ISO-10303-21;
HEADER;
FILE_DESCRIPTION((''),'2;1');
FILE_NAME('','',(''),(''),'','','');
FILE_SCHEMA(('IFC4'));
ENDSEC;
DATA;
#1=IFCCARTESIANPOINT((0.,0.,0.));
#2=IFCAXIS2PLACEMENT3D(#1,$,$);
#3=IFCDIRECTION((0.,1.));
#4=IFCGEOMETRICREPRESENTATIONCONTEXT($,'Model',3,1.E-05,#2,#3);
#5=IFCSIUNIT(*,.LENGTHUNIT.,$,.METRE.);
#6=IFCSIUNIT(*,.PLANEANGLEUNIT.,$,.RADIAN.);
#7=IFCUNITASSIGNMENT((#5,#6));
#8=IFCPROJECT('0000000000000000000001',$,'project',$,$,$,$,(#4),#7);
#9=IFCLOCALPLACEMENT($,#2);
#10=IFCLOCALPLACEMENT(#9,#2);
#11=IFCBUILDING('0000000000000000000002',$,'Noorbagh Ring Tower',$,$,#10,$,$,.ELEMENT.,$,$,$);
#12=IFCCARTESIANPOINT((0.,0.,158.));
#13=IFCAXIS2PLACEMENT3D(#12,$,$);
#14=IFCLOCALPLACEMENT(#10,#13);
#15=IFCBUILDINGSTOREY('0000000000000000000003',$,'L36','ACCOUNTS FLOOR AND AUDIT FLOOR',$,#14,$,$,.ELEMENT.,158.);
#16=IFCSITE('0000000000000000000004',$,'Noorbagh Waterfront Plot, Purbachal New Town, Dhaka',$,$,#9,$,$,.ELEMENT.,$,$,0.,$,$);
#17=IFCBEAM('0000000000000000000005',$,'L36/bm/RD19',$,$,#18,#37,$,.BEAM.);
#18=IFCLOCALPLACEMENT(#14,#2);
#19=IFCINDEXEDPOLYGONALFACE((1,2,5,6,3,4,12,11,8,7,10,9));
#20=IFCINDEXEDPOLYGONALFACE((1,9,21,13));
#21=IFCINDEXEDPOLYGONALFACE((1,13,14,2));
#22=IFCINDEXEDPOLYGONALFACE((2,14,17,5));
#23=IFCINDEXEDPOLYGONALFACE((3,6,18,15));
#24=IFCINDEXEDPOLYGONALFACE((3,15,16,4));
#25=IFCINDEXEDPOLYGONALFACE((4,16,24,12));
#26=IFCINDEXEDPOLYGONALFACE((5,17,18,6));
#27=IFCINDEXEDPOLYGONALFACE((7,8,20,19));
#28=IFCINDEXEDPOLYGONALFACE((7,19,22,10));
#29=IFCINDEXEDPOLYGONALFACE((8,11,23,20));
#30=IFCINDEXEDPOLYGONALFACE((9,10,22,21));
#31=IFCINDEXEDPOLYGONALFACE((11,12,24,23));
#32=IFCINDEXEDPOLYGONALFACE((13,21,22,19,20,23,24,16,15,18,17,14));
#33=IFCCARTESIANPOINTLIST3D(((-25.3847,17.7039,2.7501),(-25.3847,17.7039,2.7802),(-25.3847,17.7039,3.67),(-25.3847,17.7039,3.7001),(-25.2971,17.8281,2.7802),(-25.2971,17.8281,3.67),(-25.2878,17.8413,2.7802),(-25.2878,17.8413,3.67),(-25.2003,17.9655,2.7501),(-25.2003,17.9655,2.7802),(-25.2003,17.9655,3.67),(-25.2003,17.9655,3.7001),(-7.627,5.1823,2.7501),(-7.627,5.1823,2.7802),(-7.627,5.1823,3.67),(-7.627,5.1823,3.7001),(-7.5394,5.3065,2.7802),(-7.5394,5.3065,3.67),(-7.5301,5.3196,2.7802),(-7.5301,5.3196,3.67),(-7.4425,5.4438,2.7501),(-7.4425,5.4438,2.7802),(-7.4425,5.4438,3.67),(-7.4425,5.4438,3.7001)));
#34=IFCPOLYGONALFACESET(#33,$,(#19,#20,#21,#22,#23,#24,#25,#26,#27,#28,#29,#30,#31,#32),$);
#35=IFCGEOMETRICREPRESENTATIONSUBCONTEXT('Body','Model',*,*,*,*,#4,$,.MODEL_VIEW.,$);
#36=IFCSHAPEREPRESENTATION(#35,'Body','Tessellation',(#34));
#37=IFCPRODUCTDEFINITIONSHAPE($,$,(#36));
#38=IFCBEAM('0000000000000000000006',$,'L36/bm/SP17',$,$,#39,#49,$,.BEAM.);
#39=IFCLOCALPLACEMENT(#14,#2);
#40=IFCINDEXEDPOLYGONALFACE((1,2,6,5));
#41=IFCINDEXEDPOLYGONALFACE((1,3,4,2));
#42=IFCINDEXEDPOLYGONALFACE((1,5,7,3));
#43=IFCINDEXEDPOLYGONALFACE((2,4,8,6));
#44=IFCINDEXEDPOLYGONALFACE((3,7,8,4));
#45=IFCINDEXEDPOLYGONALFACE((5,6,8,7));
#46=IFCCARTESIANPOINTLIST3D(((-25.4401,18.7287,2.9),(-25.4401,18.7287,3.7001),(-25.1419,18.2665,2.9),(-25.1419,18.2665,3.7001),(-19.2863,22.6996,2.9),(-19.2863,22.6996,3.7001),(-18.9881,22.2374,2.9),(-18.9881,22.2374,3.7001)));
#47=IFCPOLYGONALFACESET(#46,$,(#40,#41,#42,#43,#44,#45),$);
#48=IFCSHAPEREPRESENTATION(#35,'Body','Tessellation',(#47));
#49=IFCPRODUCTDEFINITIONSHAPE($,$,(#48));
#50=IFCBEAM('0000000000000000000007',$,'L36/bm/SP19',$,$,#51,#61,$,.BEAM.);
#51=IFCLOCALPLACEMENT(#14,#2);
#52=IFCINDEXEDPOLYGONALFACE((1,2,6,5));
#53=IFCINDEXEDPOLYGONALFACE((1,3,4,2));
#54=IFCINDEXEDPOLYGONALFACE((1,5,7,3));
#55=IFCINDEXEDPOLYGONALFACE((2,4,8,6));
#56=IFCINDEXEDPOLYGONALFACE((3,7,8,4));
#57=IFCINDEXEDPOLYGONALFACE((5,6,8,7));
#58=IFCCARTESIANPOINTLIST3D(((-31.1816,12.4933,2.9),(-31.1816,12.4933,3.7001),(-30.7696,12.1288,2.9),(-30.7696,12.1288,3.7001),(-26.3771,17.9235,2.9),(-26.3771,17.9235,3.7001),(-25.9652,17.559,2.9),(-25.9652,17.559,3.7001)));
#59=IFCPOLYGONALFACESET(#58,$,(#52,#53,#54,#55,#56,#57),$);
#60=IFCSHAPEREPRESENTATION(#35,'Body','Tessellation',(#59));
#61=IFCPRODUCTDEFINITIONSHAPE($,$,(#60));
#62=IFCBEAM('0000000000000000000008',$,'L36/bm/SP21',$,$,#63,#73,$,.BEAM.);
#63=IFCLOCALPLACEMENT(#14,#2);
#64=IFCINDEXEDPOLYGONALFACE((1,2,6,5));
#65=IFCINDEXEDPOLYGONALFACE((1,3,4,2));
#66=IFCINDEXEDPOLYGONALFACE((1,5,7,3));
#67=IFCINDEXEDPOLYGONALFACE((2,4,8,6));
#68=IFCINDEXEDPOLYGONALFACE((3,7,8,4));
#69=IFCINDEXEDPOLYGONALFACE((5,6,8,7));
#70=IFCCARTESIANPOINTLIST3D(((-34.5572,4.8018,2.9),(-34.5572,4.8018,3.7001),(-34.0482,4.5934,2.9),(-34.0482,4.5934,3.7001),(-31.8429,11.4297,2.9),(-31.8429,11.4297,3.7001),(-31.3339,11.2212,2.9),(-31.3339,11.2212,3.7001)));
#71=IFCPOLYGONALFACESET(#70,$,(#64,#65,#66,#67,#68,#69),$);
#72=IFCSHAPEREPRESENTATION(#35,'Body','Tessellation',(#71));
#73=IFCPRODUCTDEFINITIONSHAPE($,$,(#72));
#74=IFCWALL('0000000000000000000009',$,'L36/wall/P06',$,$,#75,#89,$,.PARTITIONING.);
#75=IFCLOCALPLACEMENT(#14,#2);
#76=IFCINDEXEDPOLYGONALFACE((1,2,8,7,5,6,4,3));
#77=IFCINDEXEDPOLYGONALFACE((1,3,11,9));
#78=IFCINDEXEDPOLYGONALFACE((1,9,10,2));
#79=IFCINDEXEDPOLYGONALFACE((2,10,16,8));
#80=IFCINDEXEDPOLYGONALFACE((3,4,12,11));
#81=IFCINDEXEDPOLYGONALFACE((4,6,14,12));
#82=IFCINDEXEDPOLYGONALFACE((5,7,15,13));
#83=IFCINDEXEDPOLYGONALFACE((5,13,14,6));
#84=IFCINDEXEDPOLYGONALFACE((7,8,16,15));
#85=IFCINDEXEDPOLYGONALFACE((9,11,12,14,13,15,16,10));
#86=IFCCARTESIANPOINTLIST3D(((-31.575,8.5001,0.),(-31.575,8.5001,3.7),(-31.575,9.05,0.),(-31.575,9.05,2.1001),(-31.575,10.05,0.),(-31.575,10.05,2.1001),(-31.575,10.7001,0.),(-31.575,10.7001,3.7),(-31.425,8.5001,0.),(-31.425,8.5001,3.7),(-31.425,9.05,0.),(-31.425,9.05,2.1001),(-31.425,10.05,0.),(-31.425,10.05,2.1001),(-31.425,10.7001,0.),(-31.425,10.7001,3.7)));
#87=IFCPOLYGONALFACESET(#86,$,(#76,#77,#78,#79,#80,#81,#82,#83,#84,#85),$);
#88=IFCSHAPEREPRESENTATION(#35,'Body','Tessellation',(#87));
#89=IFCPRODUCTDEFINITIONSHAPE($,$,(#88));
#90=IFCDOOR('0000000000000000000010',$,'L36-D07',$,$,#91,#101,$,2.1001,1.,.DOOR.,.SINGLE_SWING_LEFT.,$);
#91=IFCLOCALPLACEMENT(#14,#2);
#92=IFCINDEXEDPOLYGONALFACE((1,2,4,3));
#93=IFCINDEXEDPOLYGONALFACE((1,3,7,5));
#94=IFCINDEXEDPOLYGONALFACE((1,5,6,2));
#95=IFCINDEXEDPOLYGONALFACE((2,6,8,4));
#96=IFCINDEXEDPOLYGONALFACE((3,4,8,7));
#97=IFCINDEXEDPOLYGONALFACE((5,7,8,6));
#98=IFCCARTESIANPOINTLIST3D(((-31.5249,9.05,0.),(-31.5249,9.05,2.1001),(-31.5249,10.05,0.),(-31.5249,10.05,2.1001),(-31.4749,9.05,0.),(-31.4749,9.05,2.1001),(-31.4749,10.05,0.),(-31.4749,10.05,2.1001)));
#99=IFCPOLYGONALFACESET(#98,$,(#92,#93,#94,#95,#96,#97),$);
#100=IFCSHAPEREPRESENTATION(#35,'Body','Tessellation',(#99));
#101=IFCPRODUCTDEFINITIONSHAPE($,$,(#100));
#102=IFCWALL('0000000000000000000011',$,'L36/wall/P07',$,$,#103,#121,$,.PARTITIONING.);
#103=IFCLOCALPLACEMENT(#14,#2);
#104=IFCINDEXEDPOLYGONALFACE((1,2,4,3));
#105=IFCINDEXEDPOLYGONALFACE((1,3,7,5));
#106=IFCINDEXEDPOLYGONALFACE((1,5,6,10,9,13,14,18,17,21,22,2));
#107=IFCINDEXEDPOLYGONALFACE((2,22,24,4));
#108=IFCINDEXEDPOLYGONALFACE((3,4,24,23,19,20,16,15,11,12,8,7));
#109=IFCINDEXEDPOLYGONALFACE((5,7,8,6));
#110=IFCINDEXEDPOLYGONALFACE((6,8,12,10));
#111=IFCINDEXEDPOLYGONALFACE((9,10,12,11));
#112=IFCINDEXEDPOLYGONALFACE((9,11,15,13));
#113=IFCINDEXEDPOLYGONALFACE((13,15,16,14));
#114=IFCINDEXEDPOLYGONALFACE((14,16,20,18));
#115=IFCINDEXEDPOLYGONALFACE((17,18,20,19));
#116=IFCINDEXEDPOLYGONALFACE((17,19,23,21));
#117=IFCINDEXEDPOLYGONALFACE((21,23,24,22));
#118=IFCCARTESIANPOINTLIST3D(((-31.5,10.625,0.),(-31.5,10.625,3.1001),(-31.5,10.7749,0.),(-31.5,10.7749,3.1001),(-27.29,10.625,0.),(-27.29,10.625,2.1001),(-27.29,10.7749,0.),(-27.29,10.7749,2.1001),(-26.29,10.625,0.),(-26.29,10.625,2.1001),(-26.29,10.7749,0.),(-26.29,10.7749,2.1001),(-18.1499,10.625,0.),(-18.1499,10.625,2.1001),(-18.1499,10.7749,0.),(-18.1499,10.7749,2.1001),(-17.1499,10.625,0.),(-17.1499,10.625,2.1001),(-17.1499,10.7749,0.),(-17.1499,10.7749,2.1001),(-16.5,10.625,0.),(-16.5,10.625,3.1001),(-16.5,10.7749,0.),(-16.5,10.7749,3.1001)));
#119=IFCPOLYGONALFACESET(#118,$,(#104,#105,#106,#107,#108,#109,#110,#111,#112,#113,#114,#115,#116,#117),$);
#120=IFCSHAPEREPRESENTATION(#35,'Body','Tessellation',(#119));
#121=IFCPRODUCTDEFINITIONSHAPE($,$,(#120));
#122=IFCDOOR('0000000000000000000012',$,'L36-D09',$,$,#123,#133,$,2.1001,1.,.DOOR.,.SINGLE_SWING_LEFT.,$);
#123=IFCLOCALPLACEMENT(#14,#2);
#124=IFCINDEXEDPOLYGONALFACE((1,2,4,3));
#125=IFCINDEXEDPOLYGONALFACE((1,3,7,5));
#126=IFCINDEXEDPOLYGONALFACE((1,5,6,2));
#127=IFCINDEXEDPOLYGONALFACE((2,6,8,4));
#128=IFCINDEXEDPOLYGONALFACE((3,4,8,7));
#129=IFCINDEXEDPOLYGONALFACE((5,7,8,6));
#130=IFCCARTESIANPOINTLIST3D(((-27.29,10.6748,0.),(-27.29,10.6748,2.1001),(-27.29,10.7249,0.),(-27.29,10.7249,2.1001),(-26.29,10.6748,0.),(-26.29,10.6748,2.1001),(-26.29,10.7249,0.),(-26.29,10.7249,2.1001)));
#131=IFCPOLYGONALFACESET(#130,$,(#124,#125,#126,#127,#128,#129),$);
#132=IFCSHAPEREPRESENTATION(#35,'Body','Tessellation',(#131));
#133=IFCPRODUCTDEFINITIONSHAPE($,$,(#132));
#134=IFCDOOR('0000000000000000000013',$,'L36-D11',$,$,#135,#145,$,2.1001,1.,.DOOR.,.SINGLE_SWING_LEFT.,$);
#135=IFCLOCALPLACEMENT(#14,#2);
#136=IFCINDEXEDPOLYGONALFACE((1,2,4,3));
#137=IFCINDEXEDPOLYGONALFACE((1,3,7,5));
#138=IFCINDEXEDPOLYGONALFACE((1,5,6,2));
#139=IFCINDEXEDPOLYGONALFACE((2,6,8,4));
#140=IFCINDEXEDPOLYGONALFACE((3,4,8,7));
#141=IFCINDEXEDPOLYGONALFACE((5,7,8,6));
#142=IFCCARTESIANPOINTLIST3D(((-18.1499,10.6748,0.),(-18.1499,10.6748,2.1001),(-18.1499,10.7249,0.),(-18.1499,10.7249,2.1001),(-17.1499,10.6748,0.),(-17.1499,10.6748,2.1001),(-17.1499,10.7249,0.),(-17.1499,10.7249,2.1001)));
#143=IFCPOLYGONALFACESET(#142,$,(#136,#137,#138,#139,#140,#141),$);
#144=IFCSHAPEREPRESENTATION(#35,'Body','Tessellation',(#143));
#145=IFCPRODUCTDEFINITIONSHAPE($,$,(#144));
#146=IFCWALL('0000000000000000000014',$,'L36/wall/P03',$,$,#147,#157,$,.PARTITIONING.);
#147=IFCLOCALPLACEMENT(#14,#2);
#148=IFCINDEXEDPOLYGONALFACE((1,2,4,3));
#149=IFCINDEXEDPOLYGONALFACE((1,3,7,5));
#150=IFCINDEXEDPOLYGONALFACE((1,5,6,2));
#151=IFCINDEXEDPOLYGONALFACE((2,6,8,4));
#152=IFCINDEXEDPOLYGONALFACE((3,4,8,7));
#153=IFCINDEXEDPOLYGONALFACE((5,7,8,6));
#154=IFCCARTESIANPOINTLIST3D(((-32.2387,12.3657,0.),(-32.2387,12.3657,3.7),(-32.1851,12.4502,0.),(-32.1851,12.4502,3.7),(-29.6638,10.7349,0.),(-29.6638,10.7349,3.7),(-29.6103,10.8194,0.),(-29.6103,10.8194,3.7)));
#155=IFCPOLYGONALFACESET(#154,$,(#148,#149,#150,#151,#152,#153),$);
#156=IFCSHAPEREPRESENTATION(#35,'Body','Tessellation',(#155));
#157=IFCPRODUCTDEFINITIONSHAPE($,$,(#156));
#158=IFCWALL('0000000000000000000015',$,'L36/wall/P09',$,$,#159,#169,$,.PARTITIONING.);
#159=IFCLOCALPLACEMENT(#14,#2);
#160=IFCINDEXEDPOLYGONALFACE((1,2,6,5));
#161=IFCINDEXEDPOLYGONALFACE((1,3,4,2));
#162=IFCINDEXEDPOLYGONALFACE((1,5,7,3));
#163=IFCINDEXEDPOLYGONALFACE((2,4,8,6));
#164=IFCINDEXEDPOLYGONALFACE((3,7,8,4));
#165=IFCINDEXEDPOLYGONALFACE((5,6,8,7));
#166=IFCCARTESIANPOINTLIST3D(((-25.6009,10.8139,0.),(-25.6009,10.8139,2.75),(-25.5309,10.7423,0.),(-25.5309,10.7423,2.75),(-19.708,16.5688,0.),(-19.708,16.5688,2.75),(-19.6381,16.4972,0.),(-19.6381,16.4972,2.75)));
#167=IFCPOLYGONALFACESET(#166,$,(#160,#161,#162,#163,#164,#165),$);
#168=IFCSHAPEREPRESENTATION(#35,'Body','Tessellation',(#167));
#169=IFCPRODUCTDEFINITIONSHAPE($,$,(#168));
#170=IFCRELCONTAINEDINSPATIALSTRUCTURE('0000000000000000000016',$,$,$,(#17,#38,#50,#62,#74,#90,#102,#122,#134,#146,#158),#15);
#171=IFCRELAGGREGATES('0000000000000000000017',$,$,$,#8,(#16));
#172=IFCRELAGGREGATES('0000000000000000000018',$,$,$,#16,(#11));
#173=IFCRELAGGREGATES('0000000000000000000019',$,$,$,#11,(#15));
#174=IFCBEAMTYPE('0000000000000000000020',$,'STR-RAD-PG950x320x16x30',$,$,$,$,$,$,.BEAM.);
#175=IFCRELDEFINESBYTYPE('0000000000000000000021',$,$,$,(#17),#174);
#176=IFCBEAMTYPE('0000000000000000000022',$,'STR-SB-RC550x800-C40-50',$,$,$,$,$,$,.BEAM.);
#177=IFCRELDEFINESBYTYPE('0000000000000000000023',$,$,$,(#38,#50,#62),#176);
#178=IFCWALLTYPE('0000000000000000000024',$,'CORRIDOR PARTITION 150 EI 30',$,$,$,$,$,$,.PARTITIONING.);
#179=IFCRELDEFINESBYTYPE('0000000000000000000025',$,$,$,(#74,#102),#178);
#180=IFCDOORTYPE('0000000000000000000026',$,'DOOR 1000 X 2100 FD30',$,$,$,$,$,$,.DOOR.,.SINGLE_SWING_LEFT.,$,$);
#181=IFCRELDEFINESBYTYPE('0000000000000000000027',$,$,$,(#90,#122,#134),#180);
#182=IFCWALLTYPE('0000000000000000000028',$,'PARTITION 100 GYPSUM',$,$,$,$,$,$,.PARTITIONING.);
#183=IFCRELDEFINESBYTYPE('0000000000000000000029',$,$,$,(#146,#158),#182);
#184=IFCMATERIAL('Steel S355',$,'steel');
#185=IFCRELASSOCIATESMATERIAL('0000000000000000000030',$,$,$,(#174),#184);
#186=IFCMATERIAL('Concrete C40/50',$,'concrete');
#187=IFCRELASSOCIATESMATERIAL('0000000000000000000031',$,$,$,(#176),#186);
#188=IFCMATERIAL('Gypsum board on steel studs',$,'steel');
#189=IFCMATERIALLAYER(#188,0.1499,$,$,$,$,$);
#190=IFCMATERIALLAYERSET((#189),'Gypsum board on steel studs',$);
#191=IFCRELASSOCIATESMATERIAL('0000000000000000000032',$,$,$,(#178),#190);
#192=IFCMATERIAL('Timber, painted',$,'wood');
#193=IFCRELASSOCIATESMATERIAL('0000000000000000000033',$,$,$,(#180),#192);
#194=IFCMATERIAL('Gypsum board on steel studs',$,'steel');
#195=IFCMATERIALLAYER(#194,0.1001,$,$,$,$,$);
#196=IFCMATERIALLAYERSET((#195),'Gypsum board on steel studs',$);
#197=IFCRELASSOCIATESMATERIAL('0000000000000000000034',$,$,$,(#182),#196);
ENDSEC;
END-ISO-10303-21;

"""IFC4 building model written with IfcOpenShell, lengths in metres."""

from ifc_helpers import new_model, si_unit, direction, frame, frame_2d, origin, origin_2d, place, context, subcontext, project, spatial, rectangle, i_section, extrude, material, layer, layer_set, material_profile, profile_set, type_object, element, fill, save


model = new_model("IFC4")

# Units and contexts
model_context = context("Model", 3, precision=1e-05, world=origin(), true_north=direction((0.0, 1.0)))
body_context = subcontext(model_context, "Body", "Model", "MODEL_VIEW")
ifc_project = project(units=[si_unit("LENGTHUNIT", "METRE"), si_unit("PLANEANGLEUNIT", "RADIAN")], contexts=[model_context])

# Site, building, storey
site_placement = place(None, origin())
site = spatial("IfcSite", under=ifc_project, at=site_placement, Name="Noorbagh Waterfront Plot, Purbachal New Town, Dhaka", CompositionType="ELEMENT", RefElevation=0.0)
building_placement = place(site_placement, origin())
building = spatial("IfcBuilding", under=site, at=building_placement, Name="Noorbagh Ring Tower", CompositionType="ELEMENT")
storey_placement = place(building_placement, frame((0.0, 0.0, 158.0)))
storey = spatial("IfcBuildingStorey", under=building, at=storey_placement, Name="L36", Description="ACCOUNTS FLOOR AND AUDIT FLOOR", CompositionType="ELEMENT", Elevation=158.0)

# Beams
ifc_material_1 = material(Name="Steel S355", Category="steel")
ifc_material_profile_1 = material_profile(ifc_material_1, i_section(OverallWidth=0.3201, OverallDepth=0.95, WebThickness=0.0161, FlangeThickness=0.03, at=origin_2d()), Name="PG950x320x16x30")
ifc_profile_set_1 = profile_set([ifc_material_profile_1], Name="Steel S355")
beam_type_1 = type_object("IfcBeamType", Name="STR-RAD-PG950x320x16x30", PredefinedType="BEAM", material=ifc_profile_set_1)
beam_1_placement = place(storey_placement, frame((-25.2925, 17.8347, 3.2251), z_axis=(0.817254, -0.576278, 0.0), x_axis=(0.576278, 0.817254, 0.0)))
element("IfcBeam", 1, at=beam_1_placement, inside=storey, type_object=beam_type_1, Name="L36/bm/RD19", PredefinedType="BEAM", context=body_context, shape_type="SweptSolid", body=[
    extrude(i_section(OverallWidth=0.3201, OverallDepth=0.95, WebThickness=0.0161, FlangeThickness=0.03, at=origin_2d()), origin(), (0.0, 0.0, 1.0), 21.7285),
])
ifc_material_2 = material(Name="Concrete C40/50", Category="concrete")
ifc_material_profile_2 = material_profile(ifc_material_2, rectangle(XDim=0.55, YDim=0.8, at=origin_2d()), Name="RC550x800")
ifc_profile_set_2 = profile_set([ifc_material_profile_2], Name="Concrete C40/50")
beam_type_2 = type_object("IfcBeamType", Name="STR-SB-RC550x800-C40-50", PredefinedType="BEAM", material=ifc_profile_set_2)
beam_2_placement = place(storey_placement, frame((-19.1372, 22.4685, 3.3), z_axis=(-0.84025, -0.542199, 0.0), x_axis=(0.542199, -0.84025, 0.0)))
element("IfcBeam", 2, at=beam_2_placement, inside=storey, type_object=beam_type_2, Name="L36/bm/SP17", PredefinedType="BEAM", context=body_context, shape_type="SweptSolid", body=[
    extrude(rectangle(XDim=0.55, YDim=0.8, at=origin_2d()), origin(), (0.0, 0.0, 1.0), 7.3237),
])
beam_3_placement = place(storey_placement, frame((-26.1711, 17.7412, 3.3), z_axis=(-0.662638, -0.74894, 0.0), x_axis=(0.74894, -0.662638, 0.0)))
element("IfcBeam", 3, at=beam_3_placement, inside=storey, type_object=beam_type_2, Name="L36/bm/SP19", PredefinedType="BEAM", context=body_context, shape_type="SweptSolid", body=[
    extrude(rectangle(XDim=0.55, YDim=0.8, at=origin_2d()), origin(), (0.0, 0.0, 1.0), 7.2505),
])
beam_4_placement = place(storey_placement, frame((-31.5884, 11.3254, 3.3), z_axis=(-0.378983, -0.925404, 0.0), x_axis=(0.925404, -0.378983, 0.0)))
element("IfcBeam", 4, at=beam_4_placement, inside=storey, type_object=beam_type_2, Name="L36/bm/SP21", PredefinedType="BEAM", context=body_context, shape_type="SweptSolid", body=[
    extrude(rectangle(XDim=0.55, YDim=0.8, at=origin_2d()), origin(), (0.0, 0.0, 1.0), 7.1621),
])

# Wall, opening, door
ifc_material_3 = material(Name="Gypsum board on steel studs", Category="steel")
ifc_layer_1 = layer(ifc_material_3, 0.1499)
ifc_layer_set_1 = layer_set([ifc_layer_1], Name="Gypsum board on steel studs")
wall_type_1 = type_object("IfcWallType", Name="CORRIDOR PARTITION 150 EI 30", PredefinedType="PARTITIONING", material=ifc_layer_set_1)
wall_1_placement = place(storey_placement, frame((-31.5, 8.5, 0.0), z_axis=(0.0, 0.0, 1.0), x_axis=(0.0, 1.0, 0.0)))
wall_1 = element("IfcWall", 5, at=wall_1_placement, inside=storey, type_object=wall_type_1, Name="L36/wall/P06", PredefinedType="PARTITIONING", context=body_context, shape_type="SweptSolid", body=[
    extrude(rectangle(XDim=2.2, YDim=0.1499, at=frame_2d((1.1001, 0.0))), origin(), (0.0, 0.0, 1.0), 3.7),
])
opening_1_placement = place(wall_1_placement, frame((0.55, 0.0, 0.0)))
opening_1 = element("IfcOpeningElement", 6, at=opening_1_placement, cuts=wall_1, PredefinedType="OPENING", context=body_context, shape_type="SweptSolid", body=[
    extrude(rectangle(XDim=1.0, YDim=2.1001, at=frame_2d((0.5, 1.05))), frame((0.0, 0.085, 0.0), z_axis=(0.0, -1.0, 0.0), x_axis=(1.0, 0.0, 0.0)), (0.0, 0.0, 1.0), 0.1699),
])
ifc_material_4 = material(Name="Timber, painted", Category="wood")
door_type = type_object("IfcDoorType", Name="DOOR 1000 X 2100 FD30", OperationType="SINGLE_SWING_LEFT", PredefinedType="DOOR", material=ifc_material_4)
door_1_placement = place(opening_1_placement, origin())
door_1 = element("IfcDoor", 7, at=door_1_placement, inside=storey, type_object=door_type, Name="L36-D07", OperationType="SINGLE_SWING_LEFT", OverallHeight=2.1001, OverallWidth=1.0, PredefinedType="DOOR", context=body_context, shape_type="SweptSolid", body=[
    extrude(rectangle(XDim=1.0, YDim=2.1001, at=frame_2d((0.5, 1.05))), frame((0.0, 0.0249, 0.0), z_axis=(0.0, -1.0, 0.0), x_axis=(1.0, 0.0, 0.0)), (0.0, 0.0, 1.0), 0.05),
])
fill(opening_1, door_1)

# Wall, openings, doors
wall_2_placement = place(storey_placement, frame((-31.5, 10.7, 0.0), z_axis=(0.0, 0.0, 1.0), x_axis=(1.0, 0.0, 0.0)))
wall_2 = element("IfcWall", 8, at=wall_2_placement, inside=storey, type_object=wall_type_1, Name="L36/wall/P07", PredefinedType="PARTITIONING", context=body_context, shape_type="SweptSolid", body=[
    extrude(rectangle(XDim=15.0, YDim=0.1499, at=frame_2d((7.5, 0.0))), origin(), (0.0, 0.0, 1.0), 3.1001),
])
opening_2_placement = place(wall_2_placement, frame((4.21, 0.0, 0.0)))
opening_2 = element("IfcOpeningElement", 9, at=opening_2_placement, cuts=wall_2, PredefinedType="OPENING", context=body_context, shape_type="SweptSolid", body=[
    extrude(rectangle(XDim=1.0, YDim=2.1001, at=frame_2d((0.5, 1.05))), frame((0.0, 0.085, 0.0), z_axis=(0.0, -1.0, 0.0), x_axis=(1.0, 0.0, 0.0)), (0.0, 0.0, 1.0), 0.1699),
])
opening_3_placement = place(wall_2_placement, frame((13.3501, 0.0, 0.0)))
opening_3 = element("IfcOpeningElement", 10, at=opening_3_placement, cuts=wall_2, PredefinedType="OPENING", context=body_context, shape_type="SweptSolid", body=[
    extrude(rectangle(XDim=1.0, YDim=2.1001, at=frame_2d((0.5, 1.05))), frame((0.0, 0.085, 0.0), z_axis=(0.0, -1.0, 0.0), x_axis=(1.0, 0.0, 0.0)), (0.0, 0.0, 1.0), 0.1699),
])
door_2_placement = place(opening_2_placement, origin())
door_2 = element("IfcDoor", 11, at=door_2_placement, inside=storey, type_object=door_type, Name="L36-D09", OperationType="SINGLE_SWING_LEFT", OverallHeight=2.1001, OverallWidth=1.0, PredefinedType="DOOR", context=body_context, shape_type="SweptSolid", body=[
    extrude(rectangle(XDim=1.0, YDim=2.1001, at=frame_2d((0.5, 1.05))), frame((0.0, 0.0249, 0.0), z_axis=(0.0, -1.0, 0.0), x_axis=(1.0, 0.0, 0.0)), (0.0, 0.0, 1.0), 0.05),
])
fill(opening_2, door_2)
door_3_placement = place(opening_3_placement, origin())
door_3 = element("IfcDoor", 12, at=door_3_placement, inside=storey, type_object=door_type, Name="L36-D11", OperationType="SINGLE_SWING_LEFT", OverallHeight=2.1001, OverallWidth=1.0, PredefinedType="DOOR", context=body_context, shape_type="SweptSolid", body=[
    extrude(rectangle(XDim=1.0, YDim=2.1001, at=frame_2d((0.5, 1.05))), frame((0.0, 0.0249, 0.0), z_axis=(0.0, -1.0, 0.0), x_axis=(1.0, 0.0, 0.0)), (0.0, 0.0, 1.0), 0.05),
])
fill(opening_3, door_3)

# Walls
ifc_material_5 = material(Name="Gypsum board on steel studs", Category="steel")
ifc_layer_2 = layer(ifc_material_5, 0.1001)
ifc_layer_set_2 = layer_set([ifc_layer_2], Name="Gypsum board on steel studs")
wall_type_2 = type_object("IfcWallType", Name="PARTITION 100 GYPSUM", PredefinedType="PARTITIONING", material=ifc_layer_set_2)
wall_3_placement = place(storey_placement, frame((-32.2119, 12.408, 0.0), z_axis=(0.0, 0.0, 1.0), x_axis=(0.844811, -0.535065, 0.0)))
element("IfcWall", 13, at=wall_3_placement, inside=storey, type_object=wall_type_2, Name="L36/wall/P03", PredefinedType="PARTITIONING", context=body_context, shape_type="SweptSolid", body=[
    extrude(rectangle(XDim=3.0479, YDim=0.1001, at=frame_2d((1.5239, 0.0))), origin(), (0.0, 0.0, 1.0), 3.7),
])
wall_4_placement = place(storey_placement, frame((-25.5659, 10.7781, 0.0), z_axis=(0.0, 0.0, 1.0), x_axis=(0.715431, 0.698684, 0.0)))
element("IfcWall", 14, at=wall_4_placement, inside=storey, type_object=wall_type_2, Name="L36/wall/P09", PredefinedType="PARTITIONING", context=body_context, shape_type="SweptSolid", body=[
    extrude(rectangle(XDim=8.2368, YDim=0.1001, at=frame_2d((4.1184, 0.0))), origin(), (0.0, 0.0, 1.0), 2.75),
])

save(model, "model.ifc")
